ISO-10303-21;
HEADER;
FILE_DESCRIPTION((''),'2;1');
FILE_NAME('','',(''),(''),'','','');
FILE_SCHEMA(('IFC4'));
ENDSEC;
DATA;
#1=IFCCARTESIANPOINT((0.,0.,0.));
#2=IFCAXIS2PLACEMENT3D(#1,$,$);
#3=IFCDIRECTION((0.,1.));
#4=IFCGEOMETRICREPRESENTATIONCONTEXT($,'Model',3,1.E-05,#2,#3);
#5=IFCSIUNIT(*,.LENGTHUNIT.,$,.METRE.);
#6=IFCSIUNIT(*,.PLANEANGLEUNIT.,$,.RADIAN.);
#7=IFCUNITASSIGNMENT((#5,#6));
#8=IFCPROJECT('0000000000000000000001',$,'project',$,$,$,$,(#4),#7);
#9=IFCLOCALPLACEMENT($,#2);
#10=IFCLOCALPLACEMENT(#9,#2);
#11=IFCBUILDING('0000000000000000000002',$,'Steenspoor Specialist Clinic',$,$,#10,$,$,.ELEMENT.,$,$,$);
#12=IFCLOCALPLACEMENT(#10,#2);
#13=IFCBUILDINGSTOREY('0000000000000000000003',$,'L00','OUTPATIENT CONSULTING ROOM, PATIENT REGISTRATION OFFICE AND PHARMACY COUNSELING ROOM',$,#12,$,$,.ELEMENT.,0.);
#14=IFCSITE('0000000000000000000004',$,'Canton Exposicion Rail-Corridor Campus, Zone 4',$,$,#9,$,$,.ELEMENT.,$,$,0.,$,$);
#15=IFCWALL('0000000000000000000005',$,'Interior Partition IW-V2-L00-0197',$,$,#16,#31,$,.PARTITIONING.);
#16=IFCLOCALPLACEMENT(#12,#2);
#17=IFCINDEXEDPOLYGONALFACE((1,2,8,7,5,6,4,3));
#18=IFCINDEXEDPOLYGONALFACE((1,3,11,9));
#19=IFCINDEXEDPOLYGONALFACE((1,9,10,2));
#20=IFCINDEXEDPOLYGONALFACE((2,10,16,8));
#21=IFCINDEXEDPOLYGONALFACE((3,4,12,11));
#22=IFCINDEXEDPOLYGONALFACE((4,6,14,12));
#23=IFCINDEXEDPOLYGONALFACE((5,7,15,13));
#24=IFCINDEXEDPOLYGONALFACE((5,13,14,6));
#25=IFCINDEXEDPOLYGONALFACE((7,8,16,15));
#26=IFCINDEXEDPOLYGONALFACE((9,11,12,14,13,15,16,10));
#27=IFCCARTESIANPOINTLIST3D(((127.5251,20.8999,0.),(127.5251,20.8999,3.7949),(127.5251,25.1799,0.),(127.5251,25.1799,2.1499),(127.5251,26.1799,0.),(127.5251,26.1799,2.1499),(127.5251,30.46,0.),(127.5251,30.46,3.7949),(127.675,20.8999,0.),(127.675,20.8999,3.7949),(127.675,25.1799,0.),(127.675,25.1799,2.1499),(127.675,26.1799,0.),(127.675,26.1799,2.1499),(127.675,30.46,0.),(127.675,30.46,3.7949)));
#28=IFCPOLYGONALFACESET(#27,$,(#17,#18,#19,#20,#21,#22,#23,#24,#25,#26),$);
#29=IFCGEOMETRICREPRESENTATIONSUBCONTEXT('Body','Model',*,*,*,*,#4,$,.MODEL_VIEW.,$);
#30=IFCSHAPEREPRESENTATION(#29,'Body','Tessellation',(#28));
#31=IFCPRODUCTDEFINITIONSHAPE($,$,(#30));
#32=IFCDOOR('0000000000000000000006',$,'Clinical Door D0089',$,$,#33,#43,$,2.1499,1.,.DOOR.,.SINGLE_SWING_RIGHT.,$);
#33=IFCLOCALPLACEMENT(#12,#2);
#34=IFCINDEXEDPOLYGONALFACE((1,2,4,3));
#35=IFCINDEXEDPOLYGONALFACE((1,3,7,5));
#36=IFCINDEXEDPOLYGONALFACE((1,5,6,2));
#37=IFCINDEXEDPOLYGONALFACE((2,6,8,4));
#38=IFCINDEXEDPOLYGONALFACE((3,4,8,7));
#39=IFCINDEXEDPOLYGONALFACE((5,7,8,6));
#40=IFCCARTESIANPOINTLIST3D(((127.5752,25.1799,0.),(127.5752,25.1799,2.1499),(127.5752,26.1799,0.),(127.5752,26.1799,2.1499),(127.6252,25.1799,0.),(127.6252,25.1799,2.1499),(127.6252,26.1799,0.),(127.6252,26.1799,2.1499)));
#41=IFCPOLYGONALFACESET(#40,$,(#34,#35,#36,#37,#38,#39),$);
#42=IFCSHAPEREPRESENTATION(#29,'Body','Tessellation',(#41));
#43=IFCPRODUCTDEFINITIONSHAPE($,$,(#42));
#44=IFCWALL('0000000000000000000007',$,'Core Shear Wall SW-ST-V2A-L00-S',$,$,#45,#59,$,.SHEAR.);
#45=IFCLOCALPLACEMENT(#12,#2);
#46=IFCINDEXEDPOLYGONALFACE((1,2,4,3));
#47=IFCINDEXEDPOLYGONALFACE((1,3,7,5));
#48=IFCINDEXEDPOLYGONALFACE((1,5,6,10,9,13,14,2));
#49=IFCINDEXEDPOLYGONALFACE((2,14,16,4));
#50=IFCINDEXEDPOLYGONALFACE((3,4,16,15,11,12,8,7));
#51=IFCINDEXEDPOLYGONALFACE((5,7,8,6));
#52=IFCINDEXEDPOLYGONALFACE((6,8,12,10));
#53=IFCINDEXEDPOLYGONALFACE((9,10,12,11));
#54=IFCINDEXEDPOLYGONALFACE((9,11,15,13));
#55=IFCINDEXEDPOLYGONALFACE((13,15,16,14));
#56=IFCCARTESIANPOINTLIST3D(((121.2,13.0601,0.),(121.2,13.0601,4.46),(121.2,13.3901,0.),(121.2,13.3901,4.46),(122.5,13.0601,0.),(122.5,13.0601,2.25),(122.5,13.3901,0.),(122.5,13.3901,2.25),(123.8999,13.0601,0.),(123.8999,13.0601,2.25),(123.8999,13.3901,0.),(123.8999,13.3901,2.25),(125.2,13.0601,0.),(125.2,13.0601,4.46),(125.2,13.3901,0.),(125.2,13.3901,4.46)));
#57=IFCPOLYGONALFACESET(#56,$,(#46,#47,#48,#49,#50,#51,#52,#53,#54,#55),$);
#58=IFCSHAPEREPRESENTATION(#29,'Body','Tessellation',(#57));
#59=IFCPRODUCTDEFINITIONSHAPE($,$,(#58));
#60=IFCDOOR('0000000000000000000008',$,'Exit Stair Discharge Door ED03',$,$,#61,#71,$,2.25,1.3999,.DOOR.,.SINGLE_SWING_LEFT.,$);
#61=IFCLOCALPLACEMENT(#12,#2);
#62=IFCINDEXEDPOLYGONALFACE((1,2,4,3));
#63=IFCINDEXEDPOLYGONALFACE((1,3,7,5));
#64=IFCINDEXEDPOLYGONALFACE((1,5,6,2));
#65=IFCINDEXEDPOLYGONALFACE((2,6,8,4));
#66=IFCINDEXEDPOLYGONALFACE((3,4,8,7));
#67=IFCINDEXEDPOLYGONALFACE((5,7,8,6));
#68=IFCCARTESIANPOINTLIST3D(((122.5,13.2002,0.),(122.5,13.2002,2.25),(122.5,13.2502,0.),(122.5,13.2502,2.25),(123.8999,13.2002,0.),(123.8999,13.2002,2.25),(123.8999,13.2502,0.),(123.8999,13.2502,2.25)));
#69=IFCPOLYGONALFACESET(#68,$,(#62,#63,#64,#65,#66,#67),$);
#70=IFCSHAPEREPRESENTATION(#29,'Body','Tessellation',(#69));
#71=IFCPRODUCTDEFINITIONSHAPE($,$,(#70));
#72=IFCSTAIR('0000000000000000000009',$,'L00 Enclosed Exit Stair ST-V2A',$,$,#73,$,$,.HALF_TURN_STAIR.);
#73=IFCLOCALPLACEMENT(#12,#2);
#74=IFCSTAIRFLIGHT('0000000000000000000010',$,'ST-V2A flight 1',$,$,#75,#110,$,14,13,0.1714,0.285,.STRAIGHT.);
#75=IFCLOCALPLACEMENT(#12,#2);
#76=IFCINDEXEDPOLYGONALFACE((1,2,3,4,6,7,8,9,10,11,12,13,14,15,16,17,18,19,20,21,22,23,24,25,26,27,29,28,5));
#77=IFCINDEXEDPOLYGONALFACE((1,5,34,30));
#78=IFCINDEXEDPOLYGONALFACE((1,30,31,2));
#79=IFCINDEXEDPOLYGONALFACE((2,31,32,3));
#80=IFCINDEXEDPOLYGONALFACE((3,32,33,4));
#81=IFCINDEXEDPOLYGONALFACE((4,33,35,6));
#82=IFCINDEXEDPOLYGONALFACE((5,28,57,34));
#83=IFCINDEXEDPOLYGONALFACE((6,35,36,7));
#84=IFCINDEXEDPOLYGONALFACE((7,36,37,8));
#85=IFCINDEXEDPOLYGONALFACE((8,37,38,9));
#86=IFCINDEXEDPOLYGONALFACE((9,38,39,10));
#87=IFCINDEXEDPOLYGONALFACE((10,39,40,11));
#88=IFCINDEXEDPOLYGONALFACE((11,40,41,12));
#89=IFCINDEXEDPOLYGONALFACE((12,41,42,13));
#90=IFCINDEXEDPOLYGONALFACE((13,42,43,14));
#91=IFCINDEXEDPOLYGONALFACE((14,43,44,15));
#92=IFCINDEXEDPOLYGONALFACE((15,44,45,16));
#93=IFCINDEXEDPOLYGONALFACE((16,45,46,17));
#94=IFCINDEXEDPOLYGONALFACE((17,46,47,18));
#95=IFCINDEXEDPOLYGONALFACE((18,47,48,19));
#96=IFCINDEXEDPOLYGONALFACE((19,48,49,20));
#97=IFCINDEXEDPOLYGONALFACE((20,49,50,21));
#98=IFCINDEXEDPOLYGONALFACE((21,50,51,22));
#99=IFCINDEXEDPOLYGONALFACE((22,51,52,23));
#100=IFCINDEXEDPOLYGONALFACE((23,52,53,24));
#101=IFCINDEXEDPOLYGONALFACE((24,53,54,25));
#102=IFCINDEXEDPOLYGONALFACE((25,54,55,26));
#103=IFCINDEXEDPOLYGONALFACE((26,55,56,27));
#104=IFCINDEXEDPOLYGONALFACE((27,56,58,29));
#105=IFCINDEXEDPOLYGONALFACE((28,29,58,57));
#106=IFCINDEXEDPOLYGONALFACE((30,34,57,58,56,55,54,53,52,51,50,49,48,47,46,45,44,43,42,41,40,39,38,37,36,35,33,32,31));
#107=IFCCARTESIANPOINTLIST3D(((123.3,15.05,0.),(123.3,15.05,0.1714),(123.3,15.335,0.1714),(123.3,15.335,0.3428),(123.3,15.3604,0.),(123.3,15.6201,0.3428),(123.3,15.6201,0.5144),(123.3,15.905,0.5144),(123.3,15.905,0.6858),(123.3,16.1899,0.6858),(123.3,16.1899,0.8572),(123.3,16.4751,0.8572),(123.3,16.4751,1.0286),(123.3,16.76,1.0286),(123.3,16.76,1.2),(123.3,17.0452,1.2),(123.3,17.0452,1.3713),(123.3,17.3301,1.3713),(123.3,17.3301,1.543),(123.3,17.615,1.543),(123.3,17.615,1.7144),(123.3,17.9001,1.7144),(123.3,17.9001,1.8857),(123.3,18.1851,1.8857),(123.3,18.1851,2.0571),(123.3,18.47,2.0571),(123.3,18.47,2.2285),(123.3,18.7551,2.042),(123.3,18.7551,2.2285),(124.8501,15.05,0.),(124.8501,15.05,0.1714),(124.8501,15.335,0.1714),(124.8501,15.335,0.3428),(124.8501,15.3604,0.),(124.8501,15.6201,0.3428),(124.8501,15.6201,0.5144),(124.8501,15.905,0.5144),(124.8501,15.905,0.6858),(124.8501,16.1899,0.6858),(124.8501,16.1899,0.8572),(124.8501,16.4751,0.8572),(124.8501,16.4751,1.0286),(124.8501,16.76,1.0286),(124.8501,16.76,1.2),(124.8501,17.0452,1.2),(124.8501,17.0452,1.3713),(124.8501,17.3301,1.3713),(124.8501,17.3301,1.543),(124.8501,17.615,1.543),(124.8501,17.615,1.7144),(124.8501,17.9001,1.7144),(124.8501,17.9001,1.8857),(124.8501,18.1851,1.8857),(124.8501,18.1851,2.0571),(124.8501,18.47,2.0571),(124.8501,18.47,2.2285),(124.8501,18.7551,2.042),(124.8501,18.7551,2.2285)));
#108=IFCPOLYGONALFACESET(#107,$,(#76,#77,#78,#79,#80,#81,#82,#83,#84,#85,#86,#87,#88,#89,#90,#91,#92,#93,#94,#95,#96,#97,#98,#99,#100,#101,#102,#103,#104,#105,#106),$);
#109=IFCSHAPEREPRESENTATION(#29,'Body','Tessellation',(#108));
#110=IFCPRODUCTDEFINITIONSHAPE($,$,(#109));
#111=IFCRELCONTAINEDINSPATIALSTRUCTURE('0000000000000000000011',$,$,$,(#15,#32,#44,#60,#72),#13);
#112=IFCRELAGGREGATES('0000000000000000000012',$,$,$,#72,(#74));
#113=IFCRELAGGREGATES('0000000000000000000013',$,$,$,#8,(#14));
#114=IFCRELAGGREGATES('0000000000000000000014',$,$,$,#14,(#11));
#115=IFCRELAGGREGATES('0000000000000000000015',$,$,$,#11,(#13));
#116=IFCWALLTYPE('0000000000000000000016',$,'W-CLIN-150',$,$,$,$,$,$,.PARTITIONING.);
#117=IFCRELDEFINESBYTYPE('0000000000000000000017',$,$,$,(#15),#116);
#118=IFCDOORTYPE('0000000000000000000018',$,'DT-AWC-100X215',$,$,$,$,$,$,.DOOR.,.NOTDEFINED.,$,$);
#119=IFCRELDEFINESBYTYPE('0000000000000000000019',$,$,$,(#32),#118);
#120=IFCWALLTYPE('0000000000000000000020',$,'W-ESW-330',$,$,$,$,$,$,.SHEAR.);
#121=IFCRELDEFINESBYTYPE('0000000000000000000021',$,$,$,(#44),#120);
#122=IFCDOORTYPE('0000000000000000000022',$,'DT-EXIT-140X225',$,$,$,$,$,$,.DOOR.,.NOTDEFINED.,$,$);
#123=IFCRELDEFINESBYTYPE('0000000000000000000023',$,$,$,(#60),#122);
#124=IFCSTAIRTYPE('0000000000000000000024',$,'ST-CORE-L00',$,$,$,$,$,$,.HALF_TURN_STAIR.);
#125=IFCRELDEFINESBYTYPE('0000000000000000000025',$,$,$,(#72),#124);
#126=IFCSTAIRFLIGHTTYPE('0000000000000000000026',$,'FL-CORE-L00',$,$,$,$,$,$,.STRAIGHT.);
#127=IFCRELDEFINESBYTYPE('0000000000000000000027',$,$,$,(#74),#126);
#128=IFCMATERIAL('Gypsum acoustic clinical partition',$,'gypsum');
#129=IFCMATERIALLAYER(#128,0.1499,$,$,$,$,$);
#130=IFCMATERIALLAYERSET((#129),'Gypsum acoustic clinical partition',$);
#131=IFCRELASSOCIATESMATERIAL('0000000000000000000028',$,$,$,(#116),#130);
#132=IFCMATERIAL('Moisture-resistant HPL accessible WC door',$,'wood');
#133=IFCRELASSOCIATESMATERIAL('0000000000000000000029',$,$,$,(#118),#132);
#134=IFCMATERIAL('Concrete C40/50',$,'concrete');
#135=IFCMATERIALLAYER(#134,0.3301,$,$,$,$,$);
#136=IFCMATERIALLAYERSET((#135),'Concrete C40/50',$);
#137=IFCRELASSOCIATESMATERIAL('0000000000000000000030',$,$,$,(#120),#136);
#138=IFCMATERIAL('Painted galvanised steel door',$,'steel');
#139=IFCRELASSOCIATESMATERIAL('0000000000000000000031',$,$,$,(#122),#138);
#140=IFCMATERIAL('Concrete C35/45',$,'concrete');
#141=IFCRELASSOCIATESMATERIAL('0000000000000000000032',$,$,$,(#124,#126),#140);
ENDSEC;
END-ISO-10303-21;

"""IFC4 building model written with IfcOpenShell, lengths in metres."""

from ifc_helpers import new_model, si_unit, direction, frame, frame_2d, origin, place, context, subcontext, project, spatial, polyline, rectangle, outline, extrude, material, layer, layer_set, type_object, element, fill, aggregate, save


model = new_model("IFC4")

# Units and contexts
model_context = context("Model", 3, precision=1e-05, world=origin(), true_north=direction((0.0, 1.0)))
body_context = subcontext(model_context, "Body", "Model", "MODEL_VIEW")
ifc_project = project(units=[si_unit("LENGTHUNIT", "METRE"), si_unit("PLANEANGLEUNIT", "RADIAN")], contexts=[model_context])

# Site, building, storey
site_placement = place(None, origin())
site = spatial("IfcSite", under=ifc_project, at=site_placement, Name="Canton Exposicion Rail-Corridor Campus, Zone 4", CompositionType="ELEMENT", RefElevation=0.0)
building_placement = place(site_placement, origin())
building = spatial("IfcBuilding", under=site, at=building_placement, Name="Steenspoor Specialist Clinic", CompositionType="ELEMENT")
storey_placement = place(building_placement, origin())
storey = spatial("IfcBuildingStorey", under=building, at=storey_placement, Name="L00", Description="OUTPATIENT CONSULTING ROOM, PATIENT REGISTRATION OFFICE AND PHARMACY COUNSELING ROOM", CompositionType="ELEMENT", Elevation=0.0)

# Shared definitions
ifc_material_1 = material(Name="Concrete C35/45", Category="concrete")

# Shared definitions
ifc_material_2 = material(Name="Gypsum acoustic clinical partition", Category="gypsum")
ifc_layer_1 = layer(ifc_material_2, 0.1499)
ifc_layer_set_1 = layer_set([ifc_layer_1], Name="Gypsum acoustic clinical partition")
wall_type_1 = type_object("IfcWallType", Name="W-CLIN-150", PredefinedType="PARTITIONING", material=ifc_layer_set_1)

# Shared definitions
ifc_material_3 = material(Name="Moisture-resistant HPL accessible WC door", Category="wood")
door_type_1 = type_object("IfcDoorType", Name="DT-AWC-100X215", OperationType="NOTDEFINED", PredefinedType="DOOR", material=ifc_material_3)

# Walls, openings, doors
wall_1_placement = place(storey_placement, frame((127.6001, 20.8999, 0.0), z_axis=(0.0, 0.0, 1.0), x_axis=(0.0, 1.0, 0.0)))
wall_1 = element("IfcWall", 1, at=wall_1_placement, inside=storey, type_object=wall_type_1, Name="Interior Partition IW-V2-L00-0197", PredefinedType="PARTITIONING", context=body_context, shape_type="SweptSolid", body=[
    extrude(rectangle(XDim=9.5601, YDim=0.1499, at=frame_2d((4.78, 0.0))), origin(), (0.0, 0.0, 1.0), 3.7949),
])
opening_1_placement = place(wall_1_placement, frame((4.28, 0.0, 0.0)))
opening_1 = element("IfcOpeningElement", 2, at=opening_1_placement, cuts=wall_1, PredefinedType="OPENING", context=body_context, shape_type="SweptSolid", body=[
    extrude(rectangle(XDim=1.0, YDim=2.1499, at=frame_2d((0.5, 1.075))), frame((0.0, 0.085, 0.0), z_axis=(0.0, -1.0, 0.0), x_axis=(1.0, 0.0, 0.0)), (0.0, 0.0, 1.0), 0.1699),
])
door_1_placement = place(opening_1_placement, origin())
door_1 = element("IfcDoor", 3, at=door_1_placement, inside=storey, type_object=door_type_1, Name="Clinical Door D0089", OperationType="SINGLE_SWING_RIGHT", OverallHeight=2.1499, OverallWidth=1.0, PredefinedType="DOOR", context=body_context, shape_type="SweptSolid", body=[
    extrude(rectangle(XDim=1.0, YDim=2.1499, at=frame_2d((0.5, 1.075))), frame((0.0, 0.0249, 0.0), z_axis=(0.0, -1.0, 0.0), x_axis=(1.0, 0.0, 0.0)), (0.0, 0.0, 1.0), 0.05),
])
fill(opening_1, door_1)
ifc_material_4 = material(Name="Concrete C40/50", Category="concrete")
ifc_layer_2 = layer(ifc_material_4, 0.3301)
ifc_layer_set_2 = layer_set([ifc_layer_2], Name="Concrete C40/50")
wall_type_2 = type_object("IfcWallType", Name="W-ESW-330", PredefinedType="SHEAR", material=ifc_layer_set_2)
wall_2_placement = place(storey_placement, frame((125.2, 13.2251, 0.0), z_axis=(0.0, 0.0, 1.0), x_axis=(-1.0, 0.0, 0.0)))
wall_2 = element("IfcWall", 4, at=wall_2_placement, inside=storey, type_object=wall_type_2, Name="Core Shear Wall SW-ST-V2A-L00-S", PredefinedType="SHEAR", context=body_context, shape_type="SweptSolid", body=[
    extrude(rectangle(XDim=4.0, YDim=0.3301, at=frame_2d((2.0, 0.0))), origin(), (0.0, 0.0, 1.0), 4.46),
])
opening_2_placement = place(wall_2_placement, frame((1.3, 0.0, 0.0)))
opening_2 = element("IfcOpeningElement", 5, at=opening_2_placement, cuts=wall_2, PredefinedType="OPENING", context=body_context, shape_type="SweptSolid", body=[
    extrude(rectangle(XDim=1.3999, YDim=2.25, at=frame_2d((0.7, 1.125))), frame((0.0, 0.175, 0.0), z_axis=(0.0, -1.0, 0.0), x_axis=(1.0, 0.0, 0.0)), (0.0, 0.0, 1.0), 0.3501),
])
ifc_material_5 = material(Name="Painted galvanised steel door", Category="steel")
door_type_2 = type_object("IfcDoorType", Name="DT-EXIT-140X225", OperationType="NOTDEFINED", PredefinedType="DOOR", material=ifc_material_5)
door_2_placement = place(opening_2_placement, origin())
door_2 = element("IfcDoor", 6, at=door_2_placement, inside=storey, type_object=door_type_2, Name="Exit Stair Discharge Door ED03", OperationType="SINGLE_SWING_LEFT", OverallHeight=2.25, OverallWidth=1.3999, PredefinedType="DOOR", context=body_context, shape_type="SweptSolid", body=[
    extrude(rectangle(XDim=1.3999, YDim=2.25, at=frame_2d((0.7, 1.125))), frame((0.0, 0.0249, 0.0), z_axis=(0.0, -1.0, 0.0), x_axis=(1.0, 0.0, 0.0)), (0.0, 0.0, 1.0), 0.05),
])
fill(opening_2, door_2)

# Stair, stair flight
stair_type = type_object("IfcStairType", Name="ST-CORE-L00", PredefinedType="HALF_TURN_STAIR", material=ifc_material_1)
stair_placement = place(storey_placement, origin())
stair = element("IfcStair", 7, at=stair_placement, inside=storey, type_object=stair_type, Name="L00 Enclosed Exit Stair ST-V2A", PredefinedType="HALF_TURN_STAIR")
stair_flight_type = type_object("IfcStairFlightType", Name="FL-CORE-L00", PredefinedType="STRAIGHT", material=ifc_material_1)
stair_flight_placement = place(storey_placement, frame((124.075, 15.05, 0.0), z_axis=(0.0, 0.0, 1.0), x_axis=(0.0, 1.0, 0.0)))
stair_flight = element("IfcStairFlight", 8, at=stair_flight_placement, type_object=stair_flight_type, Name="ST-V2A flight 1", NumberOfRisers=14, NumberOfTreads=13, PredefinedType="STRAIGHT", RiserHeight=0.1714, TreadLength=0.285, context=body_context, shape_type="SweptSolid", body=[
    extrude(outline(polyline([(0.0, 0.0), (0.0, 0.1714), (0.2849, 0.1714), (0.2849, 0.3428), (0.5701, 0.3428), (0.5701, 0.5144), (0.855, 0.5144), (0.855, 0.6858), (1.1399, 0.6858), (1.1399, 0.8572), (1.425, 0.8572), (1.425, 1.0286), (1.71, 1.0286), (1.71, 1.2), (1.9951, 1.2), (1.9951, 1.3713), (2.28, 1.3713), (2.28, 1.543), (2.5649, 1.543), (2.5649, 1.7144), (2.8501, 1.7144), (2.8501, 1.8857), (3.135, 1.8857), (3.135, 2.0571), (3.4199, 2.0571), (3.4199, 2.2285), (3.7051, 2.2285), (3.7051, 2.3999), (3.7051, 2.042), (0.3103, 0.0), (0.0, 0.0)])), frame((0.0, 0.7749, 0.0), z_axis=(0.0, -1.0, 0.0), x_axis=(1.0, 0.0, 0.0)), (0.0, 0.0, 1.0), 1.55),
])
aggregate(stair, [stair_flight])

save(model, "model.ifc")
